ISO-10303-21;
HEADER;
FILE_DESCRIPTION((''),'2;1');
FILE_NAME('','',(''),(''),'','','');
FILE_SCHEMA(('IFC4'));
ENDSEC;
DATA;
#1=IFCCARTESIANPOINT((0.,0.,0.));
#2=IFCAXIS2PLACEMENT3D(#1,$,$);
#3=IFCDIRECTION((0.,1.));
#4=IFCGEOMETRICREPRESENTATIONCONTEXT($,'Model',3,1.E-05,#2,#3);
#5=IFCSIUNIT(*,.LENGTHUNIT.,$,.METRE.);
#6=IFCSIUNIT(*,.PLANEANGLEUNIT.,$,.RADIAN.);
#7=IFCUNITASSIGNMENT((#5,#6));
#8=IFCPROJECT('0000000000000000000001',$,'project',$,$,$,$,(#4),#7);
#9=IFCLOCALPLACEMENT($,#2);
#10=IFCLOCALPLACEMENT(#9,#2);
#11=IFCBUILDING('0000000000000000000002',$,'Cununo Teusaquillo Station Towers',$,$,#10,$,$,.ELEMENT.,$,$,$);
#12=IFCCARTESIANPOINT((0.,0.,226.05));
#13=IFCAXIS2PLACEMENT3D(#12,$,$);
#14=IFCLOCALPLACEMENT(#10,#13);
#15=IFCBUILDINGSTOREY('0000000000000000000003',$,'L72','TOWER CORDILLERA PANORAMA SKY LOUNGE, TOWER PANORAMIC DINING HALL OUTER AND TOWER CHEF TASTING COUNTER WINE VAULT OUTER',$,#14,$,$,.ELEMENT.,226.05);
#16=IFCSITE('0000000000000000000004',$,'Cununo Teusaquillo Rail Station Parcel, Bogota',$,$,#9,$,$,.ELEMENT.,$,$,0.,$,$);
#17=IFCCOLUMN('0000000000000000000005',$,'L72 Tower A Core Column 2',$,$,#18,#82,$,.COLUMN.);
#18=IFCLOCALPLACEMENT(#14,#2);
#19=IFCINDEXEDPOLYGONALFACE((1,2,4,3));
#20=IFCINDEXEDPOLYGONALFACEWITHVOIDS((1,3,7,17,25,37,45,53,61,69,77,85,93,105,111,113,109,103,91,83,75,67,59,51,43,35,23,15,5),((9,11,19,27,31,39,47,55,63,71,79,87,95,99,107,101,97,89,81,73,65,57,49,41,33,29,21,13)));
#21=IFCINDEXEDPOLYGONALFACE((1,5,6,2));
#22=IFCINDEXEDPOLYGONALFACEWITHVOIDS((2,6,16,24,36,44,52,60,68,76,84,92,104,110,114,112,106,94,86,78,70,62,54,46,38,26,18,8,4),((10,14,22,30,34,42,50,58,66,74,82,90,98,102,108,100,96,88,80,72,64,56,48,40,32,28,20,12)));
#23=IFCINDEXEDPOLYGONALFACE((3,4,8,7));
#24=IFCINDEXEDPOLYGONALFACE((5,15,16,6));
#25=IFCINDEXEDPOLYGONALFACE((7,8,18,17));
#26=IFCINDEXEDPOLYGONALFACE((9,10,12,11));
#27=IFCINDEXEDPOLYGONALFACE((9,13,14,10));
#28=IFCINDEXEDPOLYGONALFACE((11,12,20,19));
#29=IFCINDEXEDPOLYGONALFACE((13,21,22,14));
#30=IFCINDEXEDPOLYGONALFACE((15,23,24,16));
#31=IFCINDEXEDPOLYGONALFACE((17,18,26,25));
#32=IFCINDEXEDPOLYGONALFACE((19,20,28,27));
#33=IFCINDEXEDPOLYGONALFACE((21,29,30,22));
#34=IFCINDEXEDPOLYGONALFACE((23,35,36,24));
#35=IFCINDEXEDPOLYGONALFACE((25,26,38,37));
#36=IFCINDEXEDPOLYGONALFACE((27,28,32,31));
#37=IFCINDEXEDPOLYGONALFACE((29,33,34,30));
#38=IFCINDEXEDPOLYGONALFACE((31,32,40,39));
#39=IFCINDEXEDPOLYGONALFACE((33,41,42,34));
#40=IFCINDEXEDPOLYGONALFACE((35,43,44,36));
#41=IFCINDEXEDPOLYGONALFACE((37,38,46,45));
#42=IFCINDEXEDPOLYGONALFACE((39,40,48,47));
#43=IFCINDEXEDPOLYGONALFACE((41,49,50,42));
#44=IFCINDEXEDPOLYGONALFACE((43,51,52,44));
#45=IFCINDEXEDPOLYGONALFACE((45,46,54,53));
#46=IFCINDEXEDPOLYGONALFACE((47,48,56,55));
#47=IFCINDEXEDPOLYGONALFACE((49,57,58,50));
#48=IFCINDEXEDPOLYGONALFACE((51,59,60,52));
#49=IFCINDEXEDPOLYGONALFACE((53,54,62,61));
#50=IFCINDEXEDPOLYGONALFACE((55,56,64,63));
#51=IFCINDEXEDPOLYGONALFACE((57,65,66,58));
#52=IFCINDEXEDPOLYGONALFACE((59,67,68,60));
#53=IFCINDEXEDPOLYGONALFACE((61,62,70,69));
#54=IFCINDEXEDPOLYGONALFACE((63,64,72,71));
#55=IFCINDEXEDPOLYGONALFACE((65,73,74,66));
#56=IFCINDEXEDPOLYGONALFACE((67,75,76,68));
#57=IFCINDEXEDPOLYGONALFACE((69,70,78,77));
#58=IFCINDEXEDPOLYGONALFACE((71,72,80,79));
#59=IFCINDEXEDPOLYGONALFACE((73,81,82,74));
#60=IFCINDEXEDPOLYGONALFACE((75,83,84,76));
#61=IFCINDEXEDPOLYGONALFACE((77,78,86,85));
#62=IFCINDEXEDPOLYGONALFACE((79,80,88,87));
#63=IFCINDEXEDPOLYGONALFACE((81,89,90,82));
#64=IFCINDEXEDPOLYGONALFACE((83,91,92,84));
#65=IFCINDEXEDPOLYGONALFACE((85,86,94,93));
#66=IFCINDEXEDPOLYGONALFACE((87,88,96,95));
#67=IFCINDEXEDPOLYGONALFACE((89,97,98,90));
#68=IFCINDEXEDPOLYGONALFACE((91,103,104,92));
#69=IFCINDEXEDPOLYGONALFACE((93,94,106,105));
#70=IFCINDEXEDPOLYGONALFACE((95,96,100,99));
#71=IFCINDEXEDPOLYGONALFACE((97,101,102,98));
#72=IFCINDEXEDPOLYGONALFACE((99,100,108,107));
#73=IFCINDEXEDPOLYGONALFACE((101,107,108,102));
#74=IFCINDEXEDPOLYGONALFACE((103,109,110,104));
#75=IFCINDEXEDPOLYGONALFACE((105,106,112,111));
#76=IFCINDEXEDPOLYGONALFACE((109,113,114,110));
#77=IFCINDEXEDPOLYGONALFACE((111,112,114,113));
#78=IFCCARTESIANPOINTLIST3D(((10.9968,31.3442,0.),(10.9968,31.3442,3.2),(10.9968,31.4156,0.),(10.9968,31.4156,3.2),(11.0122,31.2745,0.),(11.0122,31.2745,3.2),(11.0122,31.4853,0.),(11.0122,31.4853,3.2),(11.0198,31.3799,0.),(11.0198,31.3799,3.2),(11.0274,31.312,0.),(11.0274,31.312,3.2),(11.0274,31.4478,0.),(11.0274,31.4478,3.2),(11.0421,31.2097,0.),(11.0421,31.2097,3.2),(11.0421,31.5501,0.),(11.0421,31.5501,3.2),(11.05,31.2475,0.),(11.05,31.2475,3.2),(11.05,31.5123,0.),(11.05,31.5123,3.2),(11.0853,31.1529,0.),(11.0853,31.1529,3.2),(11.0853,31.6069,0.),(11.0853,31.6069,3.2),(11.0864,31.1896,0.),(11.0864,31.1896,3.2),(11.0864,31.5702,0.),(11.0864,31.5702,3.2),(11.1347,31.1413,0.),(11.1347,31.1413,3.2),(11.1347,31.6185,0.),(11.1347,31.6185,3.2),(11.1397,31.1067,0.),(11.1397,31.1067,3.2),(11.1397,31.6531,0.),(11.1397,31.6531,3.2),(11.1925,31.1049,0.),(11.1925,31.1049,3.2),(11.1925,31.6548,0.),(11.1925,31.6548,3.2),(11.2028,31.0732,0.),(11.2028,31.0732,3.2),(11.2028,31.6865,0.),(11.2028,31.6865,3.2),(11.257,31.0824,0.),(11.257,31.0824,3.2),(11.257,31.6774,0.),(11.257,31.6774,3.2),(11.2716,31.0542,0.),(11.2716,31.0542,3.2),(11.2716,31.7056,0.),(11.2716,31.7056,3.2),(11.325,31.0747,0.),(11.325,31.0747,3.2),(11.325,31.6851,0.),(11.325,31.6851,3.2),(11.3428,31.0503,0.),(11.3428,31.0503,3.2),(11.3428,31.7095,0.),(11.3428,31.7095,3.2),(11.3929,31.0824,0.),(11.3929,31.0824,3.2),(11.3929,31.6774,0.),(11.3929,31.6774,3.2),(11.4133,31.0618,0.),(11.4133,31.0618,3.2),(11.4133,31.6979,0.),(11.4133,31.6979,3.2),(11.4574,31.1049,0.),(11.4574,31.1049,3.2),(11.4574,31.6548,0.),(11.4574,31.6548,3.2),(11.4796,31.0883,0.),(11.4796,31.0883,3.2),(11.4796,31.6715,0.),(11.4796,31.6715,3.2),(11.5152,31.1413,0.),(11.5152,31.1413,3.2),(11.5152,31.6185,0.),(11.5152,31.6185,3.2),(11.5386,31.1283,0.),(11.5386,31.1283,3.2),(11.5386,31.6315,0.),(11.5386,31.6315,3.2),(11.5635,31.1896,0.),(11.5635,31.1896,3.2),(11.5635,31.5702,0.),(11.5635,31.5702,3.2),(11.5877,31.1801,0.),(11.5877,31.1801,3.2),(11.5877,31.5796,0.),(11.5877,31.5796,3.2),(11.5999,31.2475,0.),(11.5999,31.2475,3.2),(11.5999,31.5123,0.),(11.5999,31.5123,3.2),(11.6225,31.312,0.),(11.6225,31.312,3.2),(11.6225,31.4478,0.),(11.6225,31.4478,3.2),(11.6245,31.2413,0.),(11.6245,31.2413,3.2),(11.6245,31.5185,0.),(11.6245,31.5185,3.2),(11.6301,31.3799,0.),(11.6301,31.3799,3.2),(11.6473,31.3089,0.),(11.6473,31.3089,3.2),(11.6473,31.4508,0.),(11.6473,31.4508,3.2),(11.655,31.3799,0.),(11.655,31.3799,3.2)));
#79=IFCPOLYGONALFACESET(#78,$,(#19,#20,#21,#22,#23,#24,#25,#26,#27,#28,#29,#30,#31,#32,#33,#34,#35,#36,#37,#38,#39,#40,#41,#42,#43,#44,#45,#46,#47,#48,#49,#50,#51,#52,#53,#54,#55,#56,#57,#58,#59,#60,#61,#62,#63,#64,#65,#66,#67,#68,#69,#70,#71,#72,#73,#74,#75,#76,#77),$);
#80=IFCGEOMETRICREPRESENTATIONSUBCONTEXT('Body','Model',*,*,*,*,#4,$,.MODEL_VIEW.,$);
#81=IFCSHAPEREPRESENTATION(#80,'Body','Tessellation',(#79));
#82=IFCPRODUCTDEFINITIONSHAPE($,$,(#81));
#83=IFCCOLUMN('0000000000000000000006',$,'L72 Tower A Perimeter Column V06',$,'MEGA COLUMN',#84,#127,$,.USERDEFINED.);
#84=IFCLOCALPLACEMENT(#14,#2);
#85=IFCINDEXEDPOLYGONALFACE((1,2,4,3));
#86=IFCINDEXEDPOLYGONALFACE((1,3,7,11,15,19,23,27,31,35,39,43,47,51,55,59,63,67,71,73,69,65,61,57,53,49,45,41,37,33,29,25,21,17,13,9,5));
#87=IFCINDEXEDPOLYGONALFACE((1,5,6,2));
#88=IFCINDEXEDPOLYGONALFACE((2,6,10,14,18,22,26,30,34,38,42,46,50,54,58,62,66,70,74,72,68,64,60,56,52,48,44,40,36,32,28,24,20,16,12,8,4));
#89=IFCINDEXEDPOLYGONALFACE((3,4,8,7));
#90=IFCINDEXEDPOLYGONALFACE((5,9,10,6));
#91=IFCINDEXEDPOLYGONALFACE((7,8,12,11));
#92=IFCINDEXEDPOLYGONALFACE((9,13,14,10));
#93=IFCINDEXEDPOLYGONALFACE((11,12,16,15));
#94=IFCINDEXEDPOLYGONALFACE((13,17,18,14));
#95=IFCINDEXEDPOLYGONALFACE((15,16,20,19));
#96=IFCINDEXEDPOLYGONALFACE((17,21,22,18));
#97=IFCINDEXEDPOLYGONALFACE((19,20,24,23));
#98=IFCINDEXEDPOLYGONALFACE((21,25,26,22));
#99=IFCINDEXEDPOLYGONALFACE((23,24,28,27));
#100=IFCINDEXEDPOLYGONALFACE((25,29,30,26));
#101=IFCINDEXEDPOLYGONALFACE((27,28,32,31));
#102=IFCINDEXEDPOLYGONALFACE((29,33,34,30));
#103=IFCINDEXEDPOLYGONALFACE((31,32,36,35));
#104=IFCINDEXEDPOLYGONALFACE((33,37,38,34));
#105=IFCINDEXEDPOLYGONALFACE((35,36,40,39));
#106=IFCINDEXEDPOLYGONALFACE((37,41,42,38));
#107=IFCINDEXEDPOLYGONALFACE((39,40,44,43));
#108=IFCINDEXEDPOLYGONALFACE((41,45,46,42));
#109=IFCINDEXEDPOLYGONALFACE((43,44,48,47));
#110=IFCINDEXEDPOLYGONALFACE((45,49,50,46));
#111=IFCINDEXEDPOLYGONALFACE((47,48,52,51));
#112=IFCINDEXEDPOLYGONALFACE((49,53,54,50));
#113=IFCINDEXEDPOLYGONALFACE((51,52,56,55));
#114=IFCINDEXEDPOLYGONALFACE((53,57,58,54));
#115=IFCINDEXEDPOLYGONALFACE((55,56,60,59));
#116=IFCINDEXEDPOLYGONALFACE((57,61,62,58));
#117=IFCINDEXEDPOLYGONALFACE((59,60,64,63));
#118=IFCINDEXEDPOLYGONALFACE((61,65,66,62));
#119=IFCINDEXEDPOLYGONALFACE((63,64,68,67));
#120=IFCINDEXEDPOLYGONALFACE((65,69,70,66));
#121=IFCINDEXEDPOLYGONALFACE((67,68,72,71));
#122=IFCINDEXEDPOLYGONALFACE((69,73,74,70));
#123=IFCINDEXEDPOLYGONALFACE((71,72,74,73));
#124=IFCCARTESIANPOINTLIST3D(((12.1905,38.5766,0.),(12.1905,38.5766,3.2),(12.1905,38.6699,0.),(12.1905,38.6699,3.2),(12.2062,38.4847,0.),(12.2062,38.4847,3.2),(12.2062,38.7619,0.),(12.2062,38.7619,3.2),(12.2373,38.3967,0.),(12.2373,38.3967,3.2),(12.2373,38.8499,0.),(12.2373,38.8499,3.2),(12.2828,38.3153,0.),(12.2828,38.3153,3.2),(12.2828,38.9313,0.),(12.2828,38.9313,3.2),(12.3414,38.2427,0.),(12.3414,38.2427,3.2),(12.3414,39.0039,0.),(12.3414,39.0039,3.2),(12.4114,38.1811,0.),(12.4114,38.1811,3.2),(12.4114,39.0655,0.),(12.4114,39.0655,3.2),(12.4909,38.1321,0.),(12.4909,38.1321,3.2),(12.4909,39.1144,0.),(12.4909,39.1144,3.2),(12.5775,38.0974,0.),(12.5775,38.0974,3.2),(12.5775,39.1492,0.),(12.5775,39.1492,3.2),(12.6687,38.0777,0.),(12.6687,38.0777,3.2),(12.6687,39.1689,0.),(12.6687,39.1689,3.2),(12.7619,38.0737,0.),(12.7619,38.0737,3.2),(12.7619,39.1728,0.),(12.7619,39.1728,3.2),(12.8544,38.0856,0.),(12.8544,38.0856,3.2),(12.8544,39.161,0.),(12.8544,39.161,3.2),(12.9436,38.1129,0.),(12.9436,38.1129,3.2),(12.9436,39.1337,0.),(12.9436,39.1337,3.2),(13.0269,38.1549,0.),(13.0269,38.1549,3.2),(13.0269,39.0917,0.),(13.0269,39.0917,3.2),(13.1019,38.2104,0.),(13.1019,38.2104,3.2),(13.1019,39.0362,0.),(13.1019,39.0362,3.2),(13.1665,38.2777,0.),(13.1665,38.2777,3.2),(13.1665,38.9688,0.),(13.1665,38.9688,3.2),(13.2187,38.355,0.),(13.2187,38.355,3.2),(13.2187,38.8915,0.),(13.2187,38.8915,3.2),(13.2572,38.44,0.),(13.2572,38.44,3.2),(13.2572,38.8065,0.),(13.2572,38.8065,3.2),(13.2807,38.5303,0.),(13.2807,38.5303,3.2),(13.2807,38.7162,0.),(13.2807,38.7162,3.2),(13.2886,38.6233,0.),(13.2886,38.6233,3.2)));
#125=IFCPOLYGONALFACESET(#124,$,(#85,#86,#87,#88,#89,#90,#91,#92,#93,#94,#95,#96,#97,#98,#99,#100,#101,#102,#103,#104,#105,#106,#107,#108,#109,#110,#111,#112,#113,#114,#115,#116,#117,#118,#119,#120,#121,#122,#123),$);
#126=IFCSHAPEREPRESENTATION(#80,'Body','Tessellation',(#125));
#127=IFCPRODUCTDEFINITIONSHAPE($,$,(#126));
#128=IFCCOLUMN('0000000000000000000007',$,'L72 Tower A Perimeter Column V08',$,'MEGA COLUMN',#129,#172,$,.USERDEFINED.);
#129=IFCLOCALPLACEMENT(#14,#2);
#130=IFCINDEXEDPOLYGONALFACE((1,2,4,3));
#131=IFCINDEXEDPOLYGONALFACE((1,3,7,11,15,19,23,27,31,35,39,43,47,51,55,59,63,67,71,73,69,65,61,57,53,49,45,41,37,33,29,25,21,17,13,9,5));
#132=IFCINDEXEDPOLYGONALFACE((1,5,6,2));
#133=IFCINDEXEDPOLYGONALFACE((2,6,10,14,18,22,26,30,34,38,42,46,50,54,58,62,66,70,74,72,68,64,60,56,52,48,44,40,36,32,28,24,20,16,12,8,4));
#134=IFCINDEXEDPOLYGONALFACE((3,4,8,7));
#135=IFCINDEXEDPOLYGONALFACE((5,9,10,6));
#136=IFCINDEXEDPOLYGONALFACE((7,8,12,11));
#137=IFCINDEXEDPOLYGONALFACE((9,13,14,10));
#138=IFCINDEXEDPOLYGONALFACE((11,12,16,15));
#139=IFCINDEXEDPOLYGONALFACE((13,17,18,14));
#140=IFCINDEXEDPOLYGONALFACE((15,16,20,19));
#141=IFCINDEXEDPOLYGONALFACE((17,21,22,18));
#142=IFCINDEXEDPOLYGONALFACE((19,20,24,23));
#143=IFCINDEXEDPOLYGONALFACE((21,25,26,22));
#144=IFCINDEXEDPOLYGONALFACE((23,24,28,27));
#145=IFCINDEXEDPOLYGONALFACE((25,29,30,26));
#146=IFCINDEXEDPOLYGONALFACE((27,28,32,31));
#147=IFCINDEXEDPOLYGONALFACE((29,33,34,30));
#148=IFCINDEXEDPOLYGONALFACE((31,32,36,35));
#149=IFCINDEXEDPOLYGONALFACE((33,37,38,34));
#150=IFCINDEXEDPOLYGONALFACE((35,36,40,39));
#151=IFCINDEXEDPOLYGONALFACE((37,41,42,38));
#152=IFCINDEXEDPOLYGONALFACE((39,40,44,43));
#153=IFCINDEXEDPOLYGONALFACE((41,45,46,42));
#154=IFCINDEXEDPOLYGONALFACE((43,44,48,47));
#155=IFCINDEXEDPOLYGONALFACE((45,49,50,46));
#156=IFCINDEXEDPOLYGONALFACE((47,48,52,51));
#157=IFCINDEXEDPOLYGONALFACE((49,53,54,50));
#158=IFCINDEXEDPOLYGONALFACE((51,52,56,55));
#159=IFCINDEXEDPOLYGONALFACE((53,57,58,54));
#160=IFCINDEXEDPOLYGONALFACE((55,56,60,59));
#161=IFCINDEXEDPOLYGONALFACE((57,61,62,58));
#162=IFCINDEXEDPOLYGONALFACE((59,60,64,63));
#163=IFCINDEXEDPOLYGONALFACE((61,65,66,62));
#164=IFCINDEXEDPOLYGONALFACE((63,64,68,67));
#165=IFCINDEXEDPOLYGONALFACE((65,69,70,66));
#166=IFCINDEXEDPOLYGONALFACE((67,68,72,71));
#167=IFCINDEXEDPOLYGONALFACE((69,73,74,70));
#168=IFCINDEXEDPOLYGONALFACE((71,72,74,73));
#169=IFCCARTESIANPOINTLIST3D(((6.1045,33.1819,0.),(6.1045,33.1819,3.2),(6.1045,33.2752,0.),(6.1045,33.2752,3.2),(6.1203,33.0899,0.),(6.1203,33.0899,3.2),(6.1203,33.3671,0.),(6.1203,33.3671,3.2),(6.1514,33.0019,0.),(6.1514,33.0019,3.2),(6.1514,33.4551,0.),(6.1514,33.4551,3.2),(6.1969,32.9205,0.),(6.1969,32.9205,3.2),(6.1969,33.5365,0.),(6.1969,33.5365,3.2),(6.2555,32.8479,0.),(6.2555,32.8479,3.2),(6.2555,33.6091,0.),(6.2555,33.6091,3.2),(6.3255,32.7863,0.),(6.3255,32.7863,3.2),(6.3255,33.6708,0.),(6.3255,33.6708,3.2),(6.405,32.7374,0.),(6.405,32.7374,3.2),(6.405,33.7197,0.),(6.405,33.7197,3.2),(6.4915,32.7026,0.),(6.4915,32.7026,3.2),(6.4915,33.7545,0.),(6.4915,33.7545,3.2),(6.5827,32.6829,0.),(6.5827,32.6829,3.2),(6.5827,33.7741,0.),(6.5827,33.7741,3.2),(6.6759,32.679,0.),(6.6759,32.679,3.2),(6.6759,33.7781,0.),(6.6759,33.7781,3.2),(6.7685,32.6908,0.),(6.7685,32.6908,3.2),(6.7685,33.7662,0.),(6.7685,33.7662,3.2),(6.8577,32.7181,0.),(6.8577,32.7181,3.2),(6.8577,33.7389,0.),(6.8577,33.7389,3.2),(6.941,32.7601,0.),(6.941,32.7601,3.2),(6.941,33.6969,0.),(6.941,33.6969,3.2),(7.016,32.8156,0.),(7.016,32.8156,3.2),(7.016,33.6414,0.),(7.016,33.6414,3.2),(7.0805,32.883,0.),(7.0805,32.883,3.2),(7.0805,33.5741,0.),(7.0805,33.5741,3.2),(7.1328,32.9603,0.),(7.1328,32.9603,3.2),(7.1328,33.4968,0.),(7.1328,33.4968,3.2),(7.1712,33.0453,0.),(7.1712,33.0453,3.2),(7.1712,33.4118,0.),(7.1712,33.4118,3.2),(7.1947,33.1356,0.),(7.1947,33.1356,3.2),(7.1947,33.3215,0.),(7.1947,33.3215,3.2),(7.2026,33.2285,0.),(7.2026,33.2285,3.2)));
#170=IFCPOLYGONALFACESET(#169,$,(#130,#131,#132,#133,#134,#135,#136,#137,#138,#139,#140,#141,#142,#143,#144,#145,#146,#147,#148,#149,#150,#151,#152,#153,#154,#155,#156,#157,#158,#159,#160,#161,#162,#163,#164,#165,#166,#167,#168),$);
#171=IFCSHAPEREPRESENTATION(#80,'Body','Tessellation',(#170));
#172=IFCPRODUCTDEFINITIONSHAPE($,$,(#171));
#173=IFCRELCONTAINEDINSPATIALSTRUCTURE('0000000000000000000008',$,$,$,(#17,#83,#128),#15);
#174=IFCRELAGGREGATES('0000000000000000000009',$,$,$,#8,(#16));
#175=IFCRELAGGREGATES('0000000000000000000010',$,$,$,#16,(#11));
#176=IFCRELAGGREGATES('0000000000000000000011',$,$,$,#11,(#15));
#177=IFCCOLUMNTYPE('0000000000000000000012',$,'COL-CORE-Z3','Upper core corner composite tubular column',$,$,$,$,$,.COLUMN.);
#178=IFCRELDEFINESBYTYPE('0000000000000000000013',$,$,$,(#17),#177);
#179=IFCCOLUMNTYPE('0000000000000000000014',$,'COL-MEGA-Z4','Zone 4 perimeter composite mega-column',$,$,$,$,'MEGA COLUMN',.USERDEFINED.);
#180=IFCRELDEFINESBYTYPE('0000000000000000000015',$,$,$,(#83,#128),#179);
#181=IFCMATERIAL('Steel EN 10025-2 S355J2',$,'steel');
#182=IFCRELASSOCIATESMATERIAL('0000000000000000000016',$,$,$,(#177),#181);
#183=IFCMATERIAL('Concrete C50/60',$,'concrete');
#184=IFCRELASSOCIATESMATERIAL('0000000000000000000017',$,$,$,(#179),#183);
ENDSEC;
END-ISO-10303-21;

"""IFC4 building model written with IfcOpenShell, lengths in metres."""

from ifc_helpers import new_model, si_unit, direction, frame, origin, origin_2d, place, context, subcontext, project, spatial, circle, hollow_circle, extrude, material, material_profile, profile_set, type_object, element, save


model = new_model("IFC4")

# Units and contexts
model_context = context("Model", 3, precision=1e-05, world=origin(), true_north=direction((0.0, 1.0)))
body_context = subcontext(model_context, "Body", "Model", "MODEL_VIEW")
ifc_project = project(units=[si_unit("LENGTHUNIT", "METRE"), si_unit("PLANEANGLEUNIT", "RADIAN")], contexts=[model_context])

# Site, building, storey
site_placement = place(None, origin())
site = spatial("IfcSite", under=ifc_project, at=site_placement, Name="Cununo Teusaquillo Rail Station Parcel, Bogota", CompositionType="ELEMENT", RefElevation=0.0)
building_placement = place(site_placement, origin())
building = spatial("IfcBuilding", under=site, at=building_placement, Name="Cununo Teusaquillo Station Towers", CompositionType="ELEMENT")
storey_placement = place(building_placement, frame((0.0, 0.0, 226.05)))
storey = spatial("IfcBuildingStorey", under=building, at=storey_placement, Name="L72", Description="TOWER CORDILLERA PANORAMA SKY LOUNGE, TOWER PANORAMIC DINING HALL OUTER AND TOWER CHEF TASTING COUNTER WINE VAULT OUTER", CompositionType="ELEMENT", Elevation=226.05)

# Columns
ifc_material_1 = material(Name="Steel EN 10025-2 S355J2", Category="steel")
ifc_material_profile_1 = material_profile(ifc_material_1, hollow_circle(Radius=0.3301, WallThickness=0.0249, at=origin_2d()), Name="CHS 660x25")
ifc_profile_set_1 = profile_set([ifc_material_profile_1], Name="Steel EN 10025-2 S355J2")
column_type_1 = type_object("IfcColumnType", Name="COL-CORE-Z3", Description="Upper core corner composite tubular column", PredefinedType="COLUMN", material=ifc_profile_set_1)
column_placement = place(storey_placement, frame((11.325, 31.3799, 0.0), z_axis=(0.0, 0.0, 1.0), x_axis=(1.0, 0.0, 0.0)))
element("IfcColumn", 1, at=column_placement, inside=storey, type_object=column_type_1, Name="L72 Tower A Core Column 2", PredefinedType="COLUMN", context=body_context, shape_type="SweptSolid", body=[
    extrude(hollow_circle(Radius=0.3301, WallThickness=0.0249, at=origin_2d()), origin(), (0.0, 0.0, 1.0), 3.2),
])
ifc_material_2 = material(Name="Concrete C50/60", Category="concrete")
ifc_material_profile_2 = material_profile(ifc_material_2, circle(Radius=0.55, at=origin_2d()), Name="RC-CIRC-1100")
ifc_profile_set_2 = profile_set([ifc_material_profile_2], Name="Concrete C50/60")
column_type_2 = type_object("IfcColumnType", Name="COL-MEGA-Z4", Description="Zone 4 perimeter composite mega-column", ElementType="MEGA COLUMN", PredefinedType="USERDEFINED", material=ifc_profile_set_2)
for number, where, z_axis, x_axis, name in (
    (2, (12.7385, 38.6233, 0.0), (0.0, 0.0, 1.0), (1.0, 0.0, 0.0), "L72 Tower A Perimeter Column V06"),
    (3, (6.6526, 33.2285, 0.0), (0.0, 0.0, 1.0), (1.0, 0.0, 0.0), "L72 Tower A Perimeter Column V08"),
):
    element("IfcColumn", number, at=place(storey_placement, frame(where, z_axis=z_axis, x_axis=x_axis)), inside=storey, type_object=column_type_2, Name=name, ObjectType="MEGA COLUMN", PredefinedType="USERDEFINED", context=body_context, shape_type="SweptSolid", body=[
        extrude(circle(Radius=0.55, at=origin_2d()), origin(), (0.0, 0.0, 1.0), 3.2),
    ])

save(model, "model.ifc")
